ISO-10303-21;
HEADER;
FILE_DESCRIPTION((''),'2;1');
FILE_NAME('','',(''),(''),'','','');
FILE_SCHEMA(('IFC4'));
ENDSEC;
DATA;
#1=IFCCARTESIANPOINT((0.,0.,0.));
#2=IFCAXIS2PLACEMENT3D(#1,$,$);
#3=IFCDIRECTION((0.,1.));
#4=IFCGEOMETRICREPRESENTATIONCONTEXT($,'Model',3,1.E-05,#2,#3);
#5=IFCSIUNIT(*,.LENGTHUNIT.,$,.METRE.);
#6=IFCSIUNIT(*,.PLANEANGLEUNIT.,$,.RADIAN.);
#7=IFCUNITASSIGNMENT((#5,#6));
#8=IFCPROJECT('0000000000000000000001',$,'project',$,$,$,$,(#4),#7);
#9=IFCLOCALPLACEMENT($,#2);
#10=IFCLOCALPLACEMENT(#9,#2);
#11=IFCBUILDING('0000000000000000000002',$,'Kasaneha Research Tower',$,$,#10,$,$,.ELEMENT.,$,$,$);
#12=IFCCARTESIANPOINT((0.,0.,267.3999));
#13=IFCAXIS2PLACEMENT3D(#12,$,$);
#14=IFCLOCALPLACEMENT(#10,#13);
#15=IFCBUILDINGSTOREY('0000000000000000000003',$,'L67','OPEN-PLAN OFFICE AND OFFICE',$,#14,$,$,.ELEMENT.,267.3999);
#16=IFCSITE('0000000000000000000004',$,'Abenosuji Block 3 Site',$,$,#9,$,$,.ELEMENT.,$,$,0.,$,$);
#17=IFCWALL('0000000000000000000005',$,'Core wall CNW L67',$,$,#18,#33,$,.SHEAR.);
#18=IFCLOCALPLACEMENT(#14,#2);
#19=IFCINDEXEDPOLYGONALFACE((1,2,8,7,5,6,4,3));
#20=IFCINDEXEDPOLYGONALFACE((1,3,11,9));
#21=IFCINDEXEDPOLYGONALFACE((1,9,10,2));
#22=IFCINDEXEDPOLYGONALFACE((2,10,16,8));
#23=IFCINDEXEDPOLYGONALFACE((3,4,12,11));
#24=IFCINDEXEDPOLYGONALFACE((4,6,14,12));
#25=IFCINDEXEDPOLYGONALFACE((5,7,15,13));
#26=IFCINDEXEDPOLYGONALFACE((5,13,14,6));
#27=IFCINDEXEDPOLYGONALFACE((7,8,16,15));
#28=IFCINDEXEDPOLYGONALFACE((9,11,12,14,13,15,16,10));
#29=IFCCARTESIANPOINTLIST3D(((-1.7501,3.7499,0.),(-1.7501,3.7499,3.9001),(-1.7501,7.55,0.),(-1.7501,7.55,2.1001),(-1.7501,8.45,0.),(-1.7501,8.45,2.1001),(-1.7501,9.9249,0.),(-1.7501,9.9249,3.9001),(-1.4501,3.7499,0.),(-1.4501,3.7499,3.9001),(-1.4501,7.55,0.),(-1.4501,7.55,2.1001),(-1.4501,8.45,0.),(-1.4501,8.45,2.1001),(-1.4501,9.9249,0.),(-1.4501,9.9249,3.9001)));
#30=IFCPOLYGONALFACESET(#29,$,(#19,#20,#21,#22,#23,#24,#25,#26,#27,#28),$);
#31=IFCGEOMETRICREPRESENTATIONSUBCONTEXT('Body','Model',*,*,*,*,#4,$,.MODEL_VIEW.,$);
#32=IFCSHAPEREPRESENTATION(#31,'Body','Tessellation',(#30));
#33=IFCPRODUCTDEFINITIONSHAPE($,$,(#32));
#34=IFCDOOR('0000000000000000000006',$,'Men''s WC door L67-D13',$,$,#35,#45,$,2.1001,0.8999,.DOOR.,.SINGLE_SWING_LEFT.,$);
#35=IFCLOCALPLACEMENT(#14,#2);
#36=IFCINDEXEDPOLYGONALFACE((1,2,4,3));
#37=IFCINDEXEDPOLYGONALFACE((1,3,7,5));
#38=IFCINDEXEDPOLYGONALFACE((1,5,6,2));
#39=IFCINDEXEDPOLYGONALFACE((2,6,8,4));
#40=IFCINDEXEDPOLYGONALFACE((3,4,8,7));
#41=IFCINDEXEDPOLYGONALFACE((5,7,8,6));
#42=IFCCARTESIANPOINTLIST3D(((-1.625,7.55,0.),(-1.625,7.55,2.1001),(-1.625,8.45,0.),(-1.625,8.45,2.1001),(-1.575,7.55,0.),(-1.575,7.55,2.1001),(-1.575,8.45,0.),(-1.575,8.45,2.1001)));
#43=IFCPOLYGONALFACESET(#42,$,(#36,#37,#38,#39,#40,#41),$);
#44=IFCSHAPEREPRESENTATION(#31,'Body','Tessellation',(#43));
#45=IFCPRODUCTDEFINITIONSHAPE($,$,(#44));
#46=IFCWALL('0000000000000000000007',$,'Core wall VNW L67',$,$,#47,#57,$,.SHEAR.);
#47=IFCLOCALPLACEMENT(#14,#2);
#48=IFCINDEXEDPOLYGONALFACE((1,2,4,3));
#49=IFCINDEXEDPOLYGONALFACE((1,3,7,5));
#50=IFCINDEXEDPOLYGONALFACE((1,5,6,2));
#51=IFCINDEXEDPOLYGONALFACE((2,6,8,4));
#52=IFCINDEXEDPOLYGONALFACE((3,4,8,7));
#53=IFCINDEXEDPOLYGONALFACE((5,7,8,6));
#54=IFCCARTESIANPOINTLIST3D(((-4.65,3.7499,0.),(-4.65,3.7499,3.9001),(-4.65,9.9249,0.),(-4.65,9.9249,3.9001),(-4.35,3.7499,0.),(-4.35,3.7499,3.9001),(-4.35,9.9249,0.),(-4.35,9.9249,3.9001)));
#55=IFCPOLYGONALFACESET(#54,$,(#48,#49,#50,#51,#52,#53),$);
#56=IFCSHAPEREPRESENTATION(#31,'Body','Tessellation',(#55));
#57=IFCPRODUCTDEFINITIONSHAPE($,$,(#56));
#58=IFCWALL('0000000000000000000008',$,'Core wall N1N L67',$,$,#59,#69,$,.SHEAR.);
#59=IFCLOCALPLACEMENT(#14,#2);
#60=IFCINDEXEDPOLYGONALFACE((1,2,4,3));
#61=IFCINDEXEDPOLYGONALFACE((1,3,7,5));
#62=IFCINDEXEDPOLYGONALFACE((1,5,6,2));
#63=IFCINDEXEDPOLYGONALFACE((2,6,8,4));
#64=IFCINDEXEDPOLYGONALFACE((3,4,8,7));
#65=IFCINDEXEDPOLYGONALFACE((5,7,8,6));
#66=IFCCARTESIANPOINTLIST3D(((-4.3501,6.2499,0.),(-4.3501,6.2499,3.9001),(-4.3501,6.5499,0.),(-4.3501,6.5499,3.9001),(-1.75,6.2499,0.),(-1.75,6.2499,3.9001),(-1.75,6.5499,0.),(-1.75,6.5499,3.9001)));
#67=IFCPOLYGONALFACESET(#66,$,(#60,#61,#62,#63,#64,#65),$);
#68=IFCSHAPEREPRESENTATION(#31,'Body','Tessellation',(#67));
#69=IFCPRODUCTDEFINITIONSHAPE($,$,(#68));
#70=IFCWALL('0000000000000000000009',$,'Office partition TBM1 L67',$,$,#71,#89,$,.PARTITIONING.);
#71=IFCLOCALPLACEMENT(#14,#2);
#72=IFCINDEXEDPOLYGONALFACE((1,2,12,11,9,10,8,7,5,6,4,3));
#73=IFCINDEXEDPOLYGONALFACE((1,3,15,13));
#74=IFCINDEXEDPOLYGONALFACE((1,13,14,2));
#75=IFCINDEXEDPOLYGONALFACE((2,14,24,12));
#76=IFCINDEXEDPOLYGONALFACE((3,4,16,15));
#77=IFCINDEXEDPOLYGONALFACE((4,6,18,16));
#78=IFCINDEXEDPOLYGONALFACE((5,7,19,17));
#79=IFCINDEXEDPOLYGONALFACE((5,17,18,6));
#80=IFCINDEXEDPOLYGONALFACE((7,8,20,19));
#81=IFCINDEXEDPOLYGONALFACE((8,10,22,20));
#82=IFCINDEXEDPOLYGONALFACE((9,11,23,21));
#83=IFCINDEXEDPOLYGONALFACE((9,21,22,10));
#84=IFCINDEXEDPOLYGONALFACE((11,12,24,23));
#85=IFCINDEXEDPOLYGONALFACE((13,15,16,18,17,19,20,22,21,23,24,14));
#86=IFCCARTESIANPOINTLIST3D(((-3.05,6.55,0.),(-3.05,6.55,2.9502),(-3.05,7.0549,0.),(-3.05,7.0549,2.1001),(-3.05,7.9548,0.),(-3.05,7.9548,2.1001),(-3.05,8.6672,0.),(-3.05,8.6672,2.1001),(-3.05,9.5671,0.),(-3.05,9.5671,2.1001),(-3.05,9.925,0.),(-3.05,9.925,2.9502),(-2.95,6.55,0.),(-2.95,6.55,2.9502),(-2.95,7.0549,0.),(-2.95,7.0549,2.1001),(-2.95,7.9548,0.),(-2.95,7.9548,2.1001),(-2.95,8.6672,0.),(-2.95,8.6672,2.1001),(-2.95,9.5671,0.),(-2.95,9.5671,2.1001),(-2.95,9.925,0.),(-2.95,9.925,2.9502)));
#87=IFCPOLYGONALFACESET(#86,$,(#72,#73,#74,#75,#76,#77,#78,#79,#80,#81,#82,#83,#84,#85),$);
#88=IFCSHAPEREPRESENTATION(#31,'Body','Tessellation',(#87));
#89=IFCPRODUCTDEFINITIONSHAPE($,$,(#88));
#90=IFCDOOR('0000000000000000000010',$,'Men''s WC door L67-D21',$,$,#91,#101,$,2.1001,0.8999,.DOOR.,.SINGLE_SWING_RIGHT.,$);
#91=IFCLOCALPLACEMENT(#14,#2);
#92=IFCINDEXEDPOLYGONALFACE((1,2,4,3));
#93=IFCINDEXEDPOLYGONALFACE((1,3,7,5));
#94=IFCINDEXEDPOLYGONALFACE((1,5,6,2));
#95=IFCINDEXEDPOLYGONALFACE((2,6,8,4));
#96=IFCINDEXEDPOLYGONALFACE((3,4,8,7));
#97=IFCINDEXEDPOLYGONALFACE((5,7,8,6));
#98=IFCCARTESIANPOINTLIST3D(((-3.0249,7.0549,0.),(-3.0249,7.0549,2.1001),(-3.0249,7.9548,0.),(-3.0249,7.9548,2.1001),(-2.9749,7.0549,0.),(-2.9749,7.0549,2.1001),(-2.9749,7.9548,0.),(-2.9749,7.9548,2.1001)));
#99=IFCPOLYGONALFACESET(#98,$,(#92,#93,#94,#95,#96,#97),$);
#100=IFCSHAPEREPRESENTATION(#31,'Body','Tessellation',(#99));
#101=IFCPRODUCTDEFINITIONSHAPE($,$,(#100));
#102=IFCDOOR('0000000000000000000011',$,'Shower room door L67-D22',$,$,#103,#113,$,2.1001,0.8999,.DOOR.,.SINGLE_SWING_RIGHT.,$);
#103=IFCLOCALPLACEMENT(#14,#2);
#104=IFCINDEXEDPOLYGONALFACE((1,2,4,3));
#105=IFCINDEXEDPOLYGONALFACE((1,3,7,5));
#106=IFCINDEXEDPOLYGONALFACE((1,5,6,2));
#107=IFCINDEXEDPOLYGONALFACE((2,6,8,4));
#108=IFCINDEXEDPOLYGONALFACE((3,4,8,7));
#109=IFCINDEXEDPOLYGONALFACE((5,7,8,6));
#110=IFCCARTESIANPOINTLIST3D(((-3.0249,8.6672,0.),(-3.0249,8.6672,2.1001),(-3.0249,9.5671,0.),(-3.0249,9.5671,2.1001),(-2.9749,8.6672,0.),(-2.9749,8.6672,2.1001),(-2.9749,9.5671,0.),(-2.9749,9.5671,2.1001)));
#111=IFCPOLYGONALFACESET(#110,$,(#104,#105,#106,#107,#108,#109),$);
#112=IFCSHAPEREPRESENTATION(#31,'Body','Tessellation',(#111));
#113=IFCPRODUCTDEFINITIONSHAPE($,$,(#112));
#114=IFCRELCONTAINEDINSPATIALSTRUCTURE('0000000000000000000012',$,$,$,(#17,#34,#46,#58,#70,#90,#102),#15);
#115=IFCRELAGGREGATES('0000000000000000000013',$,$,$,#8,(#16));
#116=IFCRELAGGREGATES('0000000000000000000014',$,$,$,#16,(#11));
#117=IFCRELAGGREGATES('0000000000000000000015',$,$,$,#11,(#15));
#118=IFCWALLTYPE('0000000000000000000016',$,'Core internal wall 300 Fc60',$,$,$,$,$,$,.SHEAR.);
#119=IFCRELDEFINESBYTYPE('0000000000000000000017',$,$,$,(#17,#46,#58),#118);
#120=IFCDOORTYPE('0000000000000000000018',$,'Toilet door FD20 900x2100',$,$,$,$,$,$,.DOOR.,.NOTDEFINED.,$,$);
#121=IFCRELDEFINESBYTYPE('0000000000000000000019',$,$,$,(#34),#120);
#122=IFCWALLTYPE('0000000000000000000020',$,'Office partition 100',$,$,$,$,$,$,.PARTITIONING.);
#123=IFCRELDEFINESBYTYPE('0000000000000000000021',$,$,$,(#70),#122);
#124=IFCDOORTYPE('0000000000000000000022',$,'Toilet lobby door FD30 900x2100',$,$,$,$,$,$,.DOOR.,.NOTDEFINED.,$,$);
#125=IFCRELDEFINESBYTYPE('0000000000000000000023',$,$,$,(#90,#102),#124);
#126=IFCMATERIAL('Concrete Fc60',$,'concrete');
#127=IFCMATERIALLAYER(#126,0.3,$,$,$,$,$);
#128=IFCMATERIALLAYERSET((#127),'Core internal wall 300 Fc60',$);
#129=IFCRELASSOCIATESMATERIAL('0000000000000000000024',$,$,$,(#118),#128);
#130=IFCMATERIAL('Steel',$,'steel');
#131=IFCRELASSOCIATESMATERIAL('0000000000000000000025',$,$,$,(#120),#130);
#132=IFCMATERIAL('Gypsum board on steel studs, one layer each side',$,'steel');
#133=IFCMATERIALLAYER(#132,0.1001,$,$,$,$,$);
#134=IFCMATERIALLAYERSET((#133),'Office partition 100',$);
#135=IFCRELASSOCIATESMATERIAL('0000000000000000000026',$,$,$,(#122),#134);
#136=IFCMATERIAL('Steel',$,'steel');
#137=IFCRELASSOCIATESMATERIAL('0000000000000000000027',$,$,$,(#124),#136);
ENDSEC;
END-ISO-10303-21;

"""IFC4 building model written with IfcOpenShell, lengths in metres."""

from ifc_helpers import new_model, si_unit, direction, frame, frame_2d, origin, place, context, subcontext, project, spatial, rectangle, extrude, material, layer, layer_set, type_object, element, fill, save


model = new_model("IFC4")

# Units and contexts
model_context = context("Model", 3, precision=1e-05, world=origin(), true_north=direction((0.0, 1.0)))
body_context = subcontext(model_context, "Body", "Model", "MODEL_VIEW")
ifc_project = project(units=[si_unit("LENGTHUNIT", "METRE"), si_unit("PLANEANGLEUNIT", "RADIAN")], contexts=[model_context])

# Site, building, storey
site_placement = place(None, origin())
site = spatial("IfcSite", under=ifc_project, at=site_placement, Name="Abenosuji Block 3 Site", CompositionType="ELEMENT", RefElevation=0.0)
building_placement = place(site_placement, origin())
building = spatial("IfcBuilding", under=site, at=building_placement, Name="Kasaneha Research Tower", CompositionType="ELEMENT")
storey_placement = place(building_placement, frame((0.0, 0.0, 267.3999)))
storey = spatial("IfcBuildingStorey", under=building, at=storey_placement, Name="L67", Description="OPEN-PLAN OFFICE AND OFFICE", CompositionType="ELEMENT", Elevation=267.3999)

# Wall, opening, door
ifc_material_1 = material(Name="Concrete Fc60", Category="concrete")
ifc_layer_1 = layer(ifc_material_1, 0.3)
ifc_layer_set_1 = layer_set([ifc_layer_1], Name="Core internal wall 300 Fc60")
wall_type_1 = type_object("IfcWallType", Name="Core internal wall 300 Fc60", PredefinedType="SHEAR", material=ifc_layer_set_1)
wall_1_placement = place(storey_placement, frame((-1.6001, 3.75, 0.0), z_axis=(0.0, 0.0, 1.0), x_axis=(0.0, 1.0, 0.0)))
wall_1 = element("IfcWall", 1, at=wall_1_placement, inside=storey, type_object=wall_type_1, Name="Core wall CNW L67", PredefinedType="SHEAR", context=body_context, shape_type="SweptSolid", body=[
    extrude(rectangle(XDim=6.175, YDim=0.3, at=frame_2d((3.0874, 0.0))), origin(), (0.0, 0.0, 1.0), 3.9001),
])
opening_1_placement = place(wall_1_placement, frame((3.8, 0.0, 0.0)))
opening_1 = element("IfcOpeningElement", 2, at=opening_1_placement, cuts=wall_1, PredefinedType="OPENING", context=body_context, shape_type="SweptSolid", body=[
    extrude(rectangle(XDim=0.8999, YDim=2.1001, at=frame_2d((0.45, 1.05))), frame((0.0, 0.1602, 0.0), z_axis=(0.0, -1.0, 0.0), x_axis=(1.0, 0.0, 0.0)), (0.0, 0.0, 1.0), 0.3201),
])
ifc_material_2 = material(Name="Steel", Category="steel")
door_type_1 = type_object("IfcDoorType", Name="Toilet door FD20 900x2100", OperationType="NOTDEFINED", PredefinedType="DOOR", material=ifc_material_2)
door_1_placement = place(opening_1_placement, origin())
door_1 = element("IfcDoor", 3, at=door_1_placement, inside=storey, type_object=door_type_1, Name="Men's WC door L67-D13", OperationType="SINGLE_SWING_LEFT", OverallHeight=2.1001, OverallWidth=0.8999, PredefinedType="DOOR", context=body_context, shape_type="SweptSolid", body=[
    extrude(rectangle(XDim=0.8999, YDim=2.1001, at=frame_2d((0.45, 1.05))), frame((0.0, 0.0249, 0.0), z_axis=(0.0, -1.0, 0.0), x_axis=(1.0, 0.0, 0.0)), (0.0, 0.0, 1.0), 0.05),
])
fill(opening_1, door_1)

# Walls
wall_2_placement = place(storey_placement, frame((-4.5, 3.75, 0.0), z_axis=(0.0, 0.0, 1.0), x_axis=(0.0, 1.0, 0.0)))
element("IfcWall", 4, at=wall_2_placement, inside=storey, type_object=wall_type_1, Name="Core wall VNW L67", PredefinedType="SHEAR", context=body_context, shape_type="SweptSolid", body=[
    extrude(rectangle(XDim=6.175, YDim=0.3, at=frame_2d((3.0874, 0.0))), origin(), (0.0, 0.0, 1.0), 3.9001),
])
wall_3_placement = place(storey_placement, frame((-4.3501, 6.3999, 0.0), z_axis=(0.0, 0.0, 1.0), x_axis=(1.0, 0.0, 0.0)))
element("IfcWall", 5, at=wall_3_placement, inside=storey, type_object=wall_type_1, Name="Core wall N1N L67", PredefinedType="SHEAR", context=body_context, shape_type="SweptSolid", body=[
    extrude(rectangle(XDim=2.6001, YDim=0.3, at=frame_2d((1.3, 0.0))), origin(), (0.0, 0.0, 1.0), 3.9001),
])

# Wall, openings, doors
ifc_material_3 = material(Name="Gypsum board on steel studs, one layer each side", Category="steel")
ifc_layer_2 = layer(ifc_material_3, 0.1001)
ifc_layer_set_2 = layer_set([ifc_layer_2], Name="Office partition 100")
wall_type_2 = type_object("IfcWallType", Name="Office partition 100", PredefinedType="PARTITIONING", material=ifc_layer_set_2)
wall_4_placement = place(storey_placement, frame((-3.0, 6.55, 0.0), z_axis=(0.0, 0.0, 1.0), x_axis=(0.0, 1.0, 0.0)))
wall_4 = element("IfcWall", 6, at=wall_4_placement, inside=storey, type_object=wall_type_2, Name="Office partition TBM1 L67", PredefinedType="PARTITIONING", context=body_context, shape_type="SweptSolid", body=[
    extrude(rectangle(XDim=3.375, YDim=0.1001, at=frame_2d((1.6875, 0.0))), origin(), (0.0, 0.0, 1.0), 2.9502),
])
opening_2_placement = place(wall_4_placement, frame((0.5049, 0.0, 0.0)))
opening_2 = element("IfcOpeningElement", 7, at=opening_2_placement, cuts=wall_4, PredefinedType="OPENING", context=body_context, shape_type="SweptSolid", body=[
    extrude(rectangle(XDim=0.8999, YDim=2.1001, at=frame_2d((0.45, 1.05))), frame((0.0, 0.0601, 0.0), z_axis=(0.0, -1.0, 0.0), x_axis=(1.0, 0.0, 0.0)), (0.0, 0.0, 1.0), 0.1201),
])
opening_3_placement = place(wall_4_placement, frame((2.1172, 0.0, 0.0)))
opening_3 = element("IfcOpeningElement", 8, at=opening_3_placement, cuts=wall_4, PredefinedType="OPENING", context=body_context, shape_type="SweptSolid", body=[
    extrude(rectangle(XDim=0.8999, YDim=2.1001, at=frame_2d((0.45, 1.05))), frame((0.0, 0.0601, 0.0), z_axis=(0.0, -1.0, 0.0), x_axis=(1.0, 0.0, 0.0)), (0.0, 0.0, 1.0), 0.1201),
])
ifc_material_4 = material(Name="Steel", Category="steel")
door_type_2 = type_object("IfcDoorType", Name="Toilet lobby door FD30 900x2100", OperationType="NOTDEFINED", PredefinedType="DOOR", material=ifc_material_4)
door_2_placement = place(opening_2_placement, origin())
door_2 = element("IfcDoor", 9, at=door_2_placement, inside=storey, type_object=door_type_2, Name="Men's WC door L67-D21", OperationType="SINGLE_SWING_RIGHT", OverallHeight=2.1001, OverallWidth=0.8999, PredefinedType="DOOR", context=body_context, shape_type="SweptSolid", body=[
    extrude(rectangle(XDim=0.8999, YDim=2.1001, at=frame_2d((0.45, 1.05))), frame((0.0, 0.0249, 0.0), z_axis=(0.0, -1.0, 0.0), x_axis=(1.0, 0.0, 0.0)), (0.0, 0.0, 1.0), 0.05),
])
fill(opening_2, door_2)
door_3_placement = place(opening_3_placement, origin())
door_3 = element("IfcDoor", 10, at=door_3_placement, inside=storey, type_object=door_type_2, Name="Shower room door L67-D22", OperationType="SINGLE_SWING_RIGHT", OverallHeight=2.1001, OverallWidth=0.8999, PredefinedType="DOOR", context=body_context, shape_type="SweptSolid", body=[
    extrude(rectangle(XDim=0.8999, YDim=2.1001, at=frame_2d((0.45, 1.05))), frame((0.0, 0.0249, 0.0), z_axis=(0.0, -1.0, 0.0), x_axis=(1.0, 0.0, 0.0)), (0.0, 0.0, 1.0), 0.05),
])
fill(opening_3, door_3)

save(model, "model.ifc")
